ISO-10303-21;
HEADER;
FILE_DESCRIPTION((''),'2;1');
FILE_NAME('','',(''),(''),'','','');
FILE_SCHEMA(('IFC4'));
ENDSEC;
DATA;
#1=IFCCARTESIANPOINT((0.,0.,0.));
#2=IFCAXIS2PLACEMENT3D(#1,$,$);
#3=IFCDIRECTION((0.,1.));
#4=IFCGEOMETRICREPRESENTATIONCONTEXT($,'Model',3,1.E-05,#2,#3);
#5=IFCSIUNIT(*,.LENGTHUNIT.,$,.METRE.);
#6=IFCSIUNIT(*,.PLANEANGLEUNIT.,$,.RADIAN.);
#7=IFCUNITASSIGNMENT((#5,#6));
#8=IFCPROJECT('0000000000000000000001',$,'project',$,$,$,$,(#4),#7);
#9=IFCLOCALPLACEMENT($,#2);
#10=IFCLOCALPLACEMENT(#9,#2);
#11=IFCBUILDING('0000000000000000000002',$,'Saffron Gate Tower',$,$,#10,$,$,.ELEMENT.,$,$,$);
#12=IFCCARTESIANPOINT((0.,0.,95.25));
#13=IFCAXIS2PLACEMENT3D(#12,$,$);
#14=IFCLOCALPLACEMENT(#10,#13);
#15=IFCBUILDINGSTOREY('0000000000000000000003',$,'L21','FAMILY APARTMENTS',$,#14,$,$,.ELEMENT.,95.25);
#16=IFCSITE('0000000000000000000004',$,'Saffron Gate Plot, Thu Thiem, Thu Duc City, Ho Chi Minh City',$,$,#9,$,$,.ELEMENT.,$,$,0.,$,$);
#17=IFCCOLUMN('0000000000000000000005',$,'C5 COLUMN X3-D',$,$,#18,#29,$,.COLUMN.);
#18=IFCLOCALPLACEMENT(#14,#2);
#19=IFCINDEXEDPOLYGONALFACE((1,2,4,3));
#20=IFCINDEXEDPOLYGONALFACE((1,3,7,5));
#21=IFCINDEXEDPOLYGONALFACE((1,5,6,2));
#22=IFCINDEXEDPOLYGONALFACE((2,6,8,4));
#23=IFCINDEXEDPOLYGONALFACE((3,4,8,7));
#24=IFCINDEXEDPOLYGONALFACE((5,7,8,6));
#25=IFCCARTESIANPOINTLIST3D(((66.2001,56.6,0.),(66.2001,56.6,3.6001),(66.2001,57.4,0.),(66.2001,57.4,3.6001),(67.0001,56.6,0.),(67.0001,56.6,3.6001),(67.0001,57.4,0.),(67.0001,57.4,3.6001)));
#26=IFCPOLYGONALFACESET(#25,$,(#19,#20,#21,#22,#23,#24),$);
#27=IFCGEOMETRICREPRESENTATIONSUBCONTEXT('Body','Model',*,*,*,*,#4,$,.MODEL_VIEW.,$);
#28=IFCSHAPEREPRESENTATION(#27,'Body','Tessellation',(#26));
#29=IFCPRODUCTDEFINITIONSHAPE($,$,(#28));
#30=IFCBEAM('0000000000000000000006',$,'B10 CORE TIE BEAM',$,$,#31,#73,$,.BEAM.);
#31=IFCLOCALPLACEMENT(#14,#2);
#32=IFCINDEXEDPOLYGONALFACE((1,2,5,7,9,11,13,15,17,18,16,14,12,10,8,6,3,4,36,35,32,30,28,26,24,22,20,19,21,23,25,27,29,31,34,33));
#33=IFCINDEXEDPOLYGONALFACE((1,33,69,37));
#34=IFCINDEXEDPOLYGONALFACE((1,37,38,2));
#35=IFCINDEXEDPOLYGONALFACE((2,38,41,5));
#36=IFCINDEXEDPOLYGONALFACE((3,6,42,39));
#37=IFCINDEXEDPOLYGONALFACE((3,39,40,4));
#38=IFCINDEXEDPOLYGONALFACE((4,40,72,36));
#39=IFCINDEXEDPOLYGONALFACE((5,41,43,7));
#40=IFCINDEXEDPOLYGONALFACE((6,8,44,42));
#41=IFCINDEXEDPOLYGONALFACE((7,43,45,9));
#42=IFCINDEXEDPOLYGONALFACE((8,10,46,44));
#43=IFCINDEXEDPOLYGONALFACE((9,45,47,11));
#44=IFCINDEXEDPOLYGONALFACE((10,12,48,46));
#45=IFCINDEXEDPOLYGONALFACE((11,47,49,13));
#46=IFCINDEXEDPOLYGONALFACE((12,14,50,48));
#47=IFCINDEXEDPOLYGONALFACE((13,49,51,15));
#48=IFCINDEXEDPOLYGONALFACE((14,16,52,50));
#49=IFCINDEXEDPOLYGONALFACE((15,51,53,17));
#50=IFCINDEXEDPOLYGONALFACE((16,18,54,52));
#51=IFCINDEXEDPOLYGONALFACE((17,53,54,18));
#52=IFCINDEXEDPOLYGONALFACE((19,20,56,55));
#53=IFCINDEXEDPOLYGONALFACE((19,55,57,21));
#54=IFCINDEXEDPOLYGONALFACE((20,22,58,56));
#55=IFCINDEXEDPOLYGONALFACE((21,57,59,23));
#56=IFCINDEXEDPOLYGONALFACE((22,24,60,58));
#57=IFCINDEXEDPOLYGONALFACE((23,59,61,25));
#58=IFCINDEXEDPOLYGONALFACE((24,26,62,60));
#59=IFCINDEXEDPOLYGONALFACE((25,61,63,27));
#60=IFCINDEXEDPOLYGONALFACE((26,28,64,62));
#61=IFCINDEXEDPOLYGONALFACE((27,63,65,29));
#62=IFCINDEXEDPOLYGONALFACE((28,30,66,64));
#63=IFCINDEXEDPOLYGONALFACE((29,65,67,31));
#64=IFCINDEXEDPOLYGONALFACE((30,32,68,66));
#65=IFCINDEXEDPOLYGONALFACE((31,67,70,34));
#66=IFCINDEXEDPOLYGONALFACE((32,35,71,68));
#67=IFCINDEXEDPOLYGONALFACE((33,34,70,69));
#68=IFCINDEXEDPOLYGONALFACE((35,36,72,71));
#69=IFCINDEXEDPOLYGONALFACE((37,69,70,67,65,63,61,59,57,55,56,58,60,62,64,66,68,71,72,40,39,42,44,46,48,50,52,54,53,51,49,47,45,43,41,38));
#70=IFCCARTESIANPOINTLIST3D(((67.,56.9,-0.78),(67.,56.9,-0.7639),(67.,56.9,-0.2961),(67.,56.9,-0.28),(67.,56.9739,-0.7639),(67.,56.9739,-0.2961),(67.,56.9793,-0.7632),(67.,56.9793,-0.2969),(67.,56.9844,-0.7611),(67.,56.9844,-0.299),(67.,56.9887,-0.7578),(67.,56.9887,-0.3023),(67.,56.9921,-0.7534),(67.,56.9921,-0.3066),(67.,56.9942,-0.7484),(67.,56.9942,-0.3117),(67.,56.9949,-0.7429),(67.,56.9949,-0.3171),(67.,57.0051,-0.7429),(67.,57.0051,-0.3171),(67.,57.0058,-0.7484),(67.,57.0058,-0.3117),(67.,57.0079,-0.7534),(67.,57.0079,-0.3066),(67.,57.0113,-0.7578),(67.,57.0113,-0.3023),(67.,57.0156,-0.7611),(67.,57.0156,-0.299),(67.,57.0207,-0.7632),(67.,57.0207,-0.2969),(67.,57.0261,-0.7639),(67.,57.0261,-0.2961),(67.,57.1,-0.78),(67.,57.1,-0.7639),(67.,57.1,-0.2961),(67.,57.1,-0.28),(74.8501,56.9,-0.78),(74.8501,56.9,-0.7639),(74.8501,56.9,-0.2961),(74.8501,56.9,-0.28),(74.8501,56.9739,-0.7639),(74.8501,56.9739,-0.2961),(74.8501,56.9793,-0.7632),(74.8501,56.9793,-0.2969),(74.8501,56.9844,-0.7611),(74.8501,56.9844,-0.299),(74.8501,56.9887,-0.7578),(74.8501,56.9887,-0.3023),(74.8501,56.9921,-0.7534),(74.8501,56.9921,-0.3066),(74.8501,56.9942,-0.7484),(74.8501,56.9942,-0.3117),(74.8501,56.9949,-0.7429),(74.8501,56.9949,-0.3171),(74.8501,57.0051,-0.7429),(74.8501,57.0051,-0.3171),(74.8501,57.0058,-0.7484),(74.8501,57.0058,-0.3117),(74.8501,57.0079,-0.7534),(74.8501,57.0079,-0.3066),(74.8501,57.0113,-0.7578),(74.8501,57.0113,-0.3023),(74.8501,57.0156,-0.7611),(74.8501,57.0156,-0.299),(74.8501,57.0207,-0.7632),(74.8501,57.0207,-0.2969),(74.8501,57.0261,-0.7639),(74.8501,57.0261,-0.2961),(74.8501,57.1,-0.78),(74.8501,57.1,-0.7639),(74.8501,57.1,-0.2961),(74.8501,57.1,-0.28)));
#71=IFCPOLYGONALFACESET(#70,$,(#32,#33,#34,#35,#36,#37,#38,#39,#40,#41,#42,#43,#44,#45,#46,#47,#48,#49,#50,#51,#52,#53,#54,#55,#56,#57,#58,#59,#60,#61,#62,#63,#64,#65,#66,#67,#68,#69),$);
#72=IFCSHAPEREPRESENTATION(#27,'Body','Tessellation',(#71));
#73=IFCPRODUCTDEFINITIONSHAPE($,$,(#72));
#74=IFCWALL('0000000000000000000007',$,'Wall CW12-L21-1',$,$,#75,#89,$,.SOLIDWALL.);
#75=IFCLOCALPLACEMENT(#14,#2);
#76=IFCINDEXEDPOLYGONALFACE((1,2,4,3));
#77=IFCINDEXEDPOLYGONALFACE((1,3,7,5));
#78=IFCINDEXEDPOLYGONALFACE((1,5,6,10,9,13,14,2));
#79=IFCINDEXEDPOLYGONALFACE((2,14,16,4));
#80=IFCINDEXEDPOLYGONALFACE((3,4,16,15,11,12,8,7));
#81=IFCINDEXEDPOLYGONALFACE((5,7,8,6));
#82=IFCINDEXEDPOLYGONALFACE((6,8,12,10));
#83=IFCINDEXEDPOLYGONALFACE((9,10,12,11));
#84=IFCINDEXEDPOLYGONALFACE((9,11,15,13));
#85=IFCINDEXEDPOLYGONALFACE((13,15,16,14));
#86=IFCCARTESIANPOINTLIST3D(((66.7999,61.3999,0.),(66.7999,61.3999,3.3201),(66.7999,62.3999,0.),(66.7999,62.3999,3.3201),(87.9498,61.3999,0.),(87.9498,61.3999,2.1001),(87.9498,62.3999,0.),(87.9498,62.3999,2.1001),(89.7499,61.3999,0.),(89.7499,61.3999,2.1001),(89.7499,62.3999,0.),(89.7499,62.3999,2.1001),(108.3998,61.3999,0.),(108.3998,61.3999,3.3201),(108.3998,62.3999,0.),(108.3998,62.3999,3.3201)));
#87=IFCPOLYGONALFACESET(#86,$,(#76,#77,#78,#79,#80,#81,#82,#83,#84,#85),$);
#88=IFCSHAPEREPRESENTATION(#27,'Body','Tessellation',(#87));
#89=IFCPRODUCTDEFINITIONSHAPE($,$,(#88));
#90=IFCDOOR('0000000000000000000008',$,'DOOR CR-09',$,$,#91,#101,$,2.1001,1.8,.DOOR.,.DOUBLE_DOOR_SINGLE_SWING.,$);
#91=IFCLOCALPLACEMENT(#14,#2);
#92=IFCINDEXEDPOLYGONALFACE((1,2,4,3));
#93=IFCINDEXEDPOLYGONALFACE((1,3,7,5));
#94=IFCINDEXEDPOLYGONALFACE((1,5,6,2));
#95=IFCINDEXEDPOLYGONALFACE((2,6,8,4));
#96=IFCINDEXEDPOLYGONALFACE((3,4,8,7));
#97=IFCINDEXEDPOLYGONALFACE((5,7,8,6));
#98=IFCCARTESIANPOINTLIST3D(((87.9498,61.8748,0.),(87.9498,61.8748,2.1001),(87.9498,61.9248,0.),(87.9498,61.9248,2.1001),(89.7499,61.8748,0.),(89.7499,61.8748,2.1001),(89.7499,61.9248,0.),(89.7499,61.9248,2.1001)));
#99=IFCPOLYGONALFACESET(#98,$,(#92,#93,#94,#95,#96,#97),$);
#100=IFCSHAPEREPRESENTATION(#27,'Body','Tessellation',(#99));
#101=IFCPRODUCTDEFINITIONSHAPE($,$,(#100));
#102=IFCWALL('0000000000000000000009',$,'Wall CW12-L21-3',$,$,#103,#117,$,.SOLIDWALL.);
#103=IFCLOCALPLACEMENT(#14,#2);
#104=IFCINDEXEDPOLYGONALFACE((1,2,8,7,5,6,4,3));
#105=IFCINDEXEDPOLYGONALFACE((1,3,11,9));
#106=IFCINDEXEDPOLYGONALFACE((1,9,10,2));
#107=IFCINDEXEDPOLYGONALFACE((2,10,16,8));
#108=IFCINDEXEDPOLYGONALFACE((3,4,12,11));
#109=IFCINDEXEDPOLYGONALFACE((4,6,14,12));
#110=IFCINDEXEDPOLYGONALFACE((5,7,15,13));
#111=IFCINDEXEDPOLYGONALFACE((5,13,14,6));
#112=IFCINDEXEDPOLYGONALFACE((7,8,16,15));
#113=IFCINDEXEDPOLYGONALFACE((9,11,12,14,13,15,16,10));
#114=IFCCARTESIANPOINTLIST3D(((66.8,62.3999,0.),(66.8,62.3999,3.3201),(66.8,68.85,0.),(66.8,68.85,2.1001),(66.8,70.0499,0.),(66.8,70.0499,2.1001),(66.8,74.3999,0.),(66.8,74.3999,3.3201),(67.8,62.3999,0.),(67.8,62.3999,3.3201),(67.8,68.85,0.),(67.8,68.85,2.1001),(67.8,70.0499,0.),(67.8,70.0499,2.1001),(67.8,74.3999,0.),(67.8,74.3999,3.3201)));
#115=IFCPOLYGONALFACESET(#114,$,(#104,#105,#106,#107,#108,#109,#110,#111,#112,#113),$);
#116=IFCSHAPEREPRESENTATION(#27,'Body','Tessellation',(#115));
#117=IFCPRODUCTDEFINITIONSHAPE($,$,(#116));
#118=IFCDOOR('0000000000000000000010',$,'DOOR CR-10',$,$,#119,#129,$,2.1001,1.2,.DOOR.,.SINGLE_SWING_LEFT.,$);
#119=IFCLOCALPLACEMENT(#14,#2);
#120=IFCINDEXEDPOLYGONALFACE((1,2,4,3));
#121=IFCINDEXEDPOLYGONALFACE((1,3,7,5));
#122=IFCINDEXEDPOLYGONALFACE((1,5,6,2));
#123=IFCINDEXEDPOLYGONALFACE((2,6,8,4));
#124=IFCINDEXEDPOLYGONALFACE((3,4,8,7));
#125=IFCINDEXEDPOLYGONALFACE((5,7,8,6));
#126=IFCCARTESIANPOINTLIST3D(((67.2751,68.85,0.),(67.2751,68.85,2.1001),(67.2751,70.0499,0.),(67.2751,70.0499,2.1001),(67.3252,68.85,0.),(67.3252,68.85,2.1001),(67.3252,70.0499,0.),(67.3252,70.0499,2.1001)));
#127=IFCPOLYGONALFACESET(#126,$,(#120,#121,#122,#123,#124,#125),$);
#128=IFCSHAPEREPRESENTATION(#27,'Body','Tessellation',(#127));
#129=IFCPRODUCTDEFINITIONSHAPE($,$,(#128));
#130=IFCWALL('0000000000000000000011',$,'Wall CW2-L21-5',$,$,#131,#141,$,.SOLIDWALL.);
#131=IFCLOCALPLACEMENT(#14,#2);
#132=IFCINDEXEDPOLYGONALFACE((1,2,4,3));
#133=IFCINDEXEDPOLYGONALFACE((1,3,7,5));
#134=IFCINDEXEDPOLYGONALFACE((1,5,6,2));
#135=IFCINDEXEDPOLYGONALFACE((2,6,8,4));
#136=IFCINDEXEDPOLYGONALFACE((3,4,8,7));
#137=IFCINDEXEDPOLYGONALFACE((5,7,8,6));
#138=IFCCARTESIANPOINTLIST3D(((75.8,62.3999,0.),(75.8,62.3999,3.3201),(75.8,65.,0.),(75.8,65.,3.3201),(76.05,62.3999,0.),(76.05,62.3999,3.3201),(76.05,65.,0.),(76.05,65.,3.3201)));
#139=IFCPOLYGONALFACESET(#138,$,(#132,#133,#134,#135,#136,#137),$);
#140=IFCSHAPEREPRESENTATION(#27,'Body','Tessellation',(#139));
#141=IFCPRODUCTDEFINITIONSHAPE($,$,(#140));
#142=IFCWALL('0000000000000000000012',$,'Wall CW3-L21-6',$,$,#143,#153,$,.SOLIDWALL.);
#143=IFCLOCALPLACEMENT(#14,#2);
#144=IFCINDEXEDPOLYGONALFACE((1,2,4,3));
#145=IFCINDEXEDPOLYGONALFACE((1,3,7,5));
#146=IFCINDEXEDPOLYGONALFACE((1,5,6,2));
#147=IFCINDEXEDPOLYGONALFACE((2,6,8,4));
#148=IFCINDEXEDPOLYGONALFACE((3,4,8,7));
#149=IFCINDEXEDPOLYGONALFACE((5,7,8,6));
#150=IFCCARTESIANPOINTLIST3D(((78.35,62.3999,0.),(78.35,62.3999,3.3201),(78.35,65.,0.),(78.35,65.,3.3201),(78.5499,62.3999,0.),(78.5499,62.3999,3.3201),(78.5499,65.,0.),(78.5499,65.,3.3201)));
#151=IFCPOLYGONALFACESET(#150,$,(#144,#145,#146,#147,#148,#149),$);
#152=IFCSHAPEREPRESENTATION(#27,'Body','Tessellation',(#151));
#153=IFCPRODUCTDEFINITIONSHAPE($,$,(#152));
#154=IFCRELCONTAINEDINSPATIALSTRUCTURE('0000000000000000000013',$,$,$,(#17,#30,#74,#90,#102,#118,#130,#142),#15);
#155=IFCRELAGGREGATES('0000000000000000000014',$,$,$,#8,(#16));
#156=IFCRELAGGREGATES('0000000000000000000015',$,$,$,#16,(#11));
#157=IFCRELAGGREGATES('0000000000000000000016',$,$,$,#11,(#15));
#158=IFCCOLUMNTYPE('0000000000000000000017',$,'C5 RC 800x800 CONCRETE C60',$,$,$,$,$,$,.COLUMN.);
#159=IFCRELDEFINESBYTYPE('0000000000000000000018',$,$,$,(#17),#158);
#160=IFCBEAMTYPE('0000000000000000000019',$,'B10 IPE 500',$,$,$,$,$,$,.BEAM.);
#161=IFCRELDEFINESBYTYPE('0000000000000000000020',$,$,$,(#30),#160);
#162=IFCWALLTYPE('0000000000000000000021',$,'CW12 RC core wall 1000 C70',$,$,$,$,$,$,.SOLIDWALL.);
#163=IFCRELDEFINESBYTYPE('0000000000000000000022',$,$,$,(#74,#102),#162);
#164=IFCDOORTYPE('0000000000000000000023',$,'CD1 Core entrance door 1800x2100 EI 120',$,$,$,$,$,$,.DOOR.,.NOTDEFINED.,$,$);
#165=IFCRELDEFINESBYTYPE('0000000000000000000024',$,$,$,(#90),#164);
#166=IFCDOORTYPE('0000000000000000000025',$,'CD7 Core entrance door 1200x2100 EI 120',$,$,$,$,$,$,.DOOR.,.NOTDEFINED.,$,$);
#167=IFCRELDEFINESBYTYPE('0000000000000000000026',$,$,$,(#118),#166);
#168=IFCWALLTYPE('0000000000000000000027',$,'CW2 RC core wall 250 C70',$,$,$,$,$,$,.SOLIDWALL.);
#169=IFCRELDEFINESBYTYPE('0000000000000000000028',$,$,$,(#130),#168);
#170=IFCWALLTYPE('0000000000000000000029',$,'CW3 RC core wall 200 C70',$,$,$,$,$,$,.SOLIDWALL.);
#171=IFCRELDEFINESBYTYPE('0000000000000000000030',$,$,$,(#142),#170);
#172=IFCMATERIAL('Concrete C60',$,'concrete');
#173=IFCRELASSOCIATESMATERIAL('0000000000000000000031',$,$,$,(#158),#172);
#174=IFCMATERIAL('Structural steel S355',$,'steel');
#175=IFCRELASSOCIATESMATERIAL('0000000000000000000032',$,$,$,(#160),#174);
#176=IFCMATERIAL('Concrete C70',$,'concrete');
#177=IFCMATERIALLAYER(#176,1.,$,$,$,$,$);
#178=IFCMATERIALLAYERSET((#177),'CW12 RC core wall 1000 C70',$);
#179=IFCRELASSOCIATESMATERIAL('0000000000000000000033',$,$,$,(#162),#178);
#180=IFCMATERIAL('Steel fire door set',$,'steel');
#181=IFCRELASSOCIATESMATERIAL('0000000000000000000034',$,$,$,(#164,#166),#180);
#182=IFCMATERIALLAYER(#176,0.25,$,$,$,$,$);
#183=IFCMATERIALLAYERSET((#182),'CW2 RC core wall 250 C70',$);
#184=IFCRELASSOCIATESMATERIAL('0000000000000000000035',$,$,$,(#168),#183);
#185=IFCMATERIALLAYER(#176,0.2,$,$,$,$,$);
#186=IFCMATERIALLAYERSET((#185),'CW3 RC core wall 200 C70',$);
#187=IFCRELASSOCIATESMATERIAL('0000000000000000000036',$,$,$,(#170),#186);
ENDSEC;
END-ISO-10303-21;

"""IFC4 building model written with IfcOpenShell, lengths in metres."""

from ifc_helpers import new_model, si_unit, direction, frame, frame_2d, origin, origin_2d, place, context, subcontext, project, spatial, rectangle, i_section, extrude, material, layer, layer_set, material_profile, profile_set, type_object, element, fill, save


model = new_model("IFC4")

# Units and contexts
model_context = context("Model", 3, precision=1e-05, world=origin(), true_north=direction((0.0, 1.0)))
body_context = subcontext(model_context, "Body", "Model", "MODEL_VIEW")
ifc_project = project(units=[si_unit("LENGTHUNIT", "METRE"), si_unit("PLANEANGLEUNIT", "RADIAN")], contexts=[model_context])

# Site, building, storey
site_placement = place(None, origin())
site = spatial("IfcSite", under=ifc_project, at=site_placement, Name="Saffron Gate Plot, Thu Thiem, Thu Duc City, Ho Chi Minh City", CompositionType="ELEMENT", RefElevation=0.0)
building_placement = place(site_placement, origin())
building = spatial("IfcBuilding", under=site, at=building_placement, Name="Saffron Gate Tower", CompositionType="ELEMENT")
storey_placement = place(building_placement, frame((0.0, 0.0, 95.25)))
storey = spatial("IfcBuildingStorey", under=building, at=storey_placement, Name="L21", Description="FAMILY APARTMENTS", CompositionType="ELEMENT", Elevation=95.25)

# Column
ifc_material_1 = material(Name="Concrete C60", Category="concrete")
ifc_material_profile_1 = material_profile(ifc_material_1, rectangle(XDim=0.8, YDim=0.8, at=origin_2d()))
ifc_profile_set_1 = profile_set([ifc_material_profile_1], Name="Concrete C60")
column_type = type_object("IfcColumnType", Name="C5 RC 800x800 CONCRETE C60", PredefinedType="COLUMN", material=ifc_profile_set_1)
column_placement = place(storey_placement, frame((66.6001, 57.0, 0.0), z_axis=(0.0, 0.0, 1.0), x_axis=(1.0, 0.0, 0.0)))
element("IfcColumn", 1, at=column_placement, inside=storey, type_object=column_type, Name="C5 COLUMN X3-D", PredefinedType="COLUMN", context=body_context, shape_type="SweptSolid", body=[
    extrude(rectangle(XDim=0.8, YDim=0.8, at=origin_2d()), origin(), (0.0, 0.0, 1.0), 3.6001),
])

# Beam
ifc_material_2 = material(Name="Structural steel S355", Category="steel")
ifc_material_profile_2 = material_profile(ifc_material_2, i_section(OverallWidth=0.2, OverallDepth=0.5, WebThickness=0.0103, FlangeThickness=0.0161, FilletRadius=0.021, at=origin_2d()))
ifc_profile_set_2 = profile_set([ifc_material_profile_2], Name="Structural steel S355")
beam_type = type_object("IfcBeamType", Name="B10 IPE 500", PredefinedType="BEAM", material=ifc_profile_set_2)
beam_placement = place(storey_placement, frame((67.0, 57.0, -0.53), z_axis=(1.0, 0.0, 0.0), x_axis=(0.0, 1.0, 0.0)))
element("IfcBeam", 2, at=beam_placement, inside=storey, type_object=beam_type, Name="B10 CORE TIE BEAM", PredefinedType="BEAM", context=body_context, shape_type="SweptSolid", body=[
    extrude(i_section(OverallWidth=0.2, OverallDepth=0.5, WebThickness=0.0103, FlangeThickness=0.0161, FilletRadius=0.021, at=origin_2d()), origin(), (0.0, 0.0, 1.0), 7.8501),
])

# Walls, openings, doors
ifc_material_3 = material(Name="Concrete C70", Category="concrete")
ifc_layer_1 = layer(ifc_material_3, 1.0)
ifc_layer_set_1 = layer_set([ifc_layer_1], Name="CW12 RC core wall 1000 C70")
wall_type_1 = type_object("IfcWallType", Name="CW12 RC core wall 1000 C70", PredefinedType="SOLIDWALL", material=ifc_layer_set_1)
wall_1_placement = place(storey_placement, frame((66.8, 61.8999, 0.0), z_axis=(0.0, 0.0, 1.0), x_axis=(1.0, 0.0, 0.0)))
wall_1 = element("IfcWall", 3, at=wall_1_placement, inside=storey, type_object=wall_type_1, Name="Wall CW12-L21-1", PredefinedType="SOLIDWALL", context=body_context, shape_type="SweptSolid", body=[
    extrude(rectangle(XDim=41.5999, YDim=1.0, at=frame_2d((20.7998, 0.0))), origin(), (0.0, 0.0, 1.0), 3.3201),
])
opening_1_placement = place(wall_1_placement, frame((21.1499, 0.0, 0.0)))
opening_1 = element("IfcOpeningElement", 4, at=opening_1_placement, cuts=wall_1, PredefinedType="OPENING", context=body_context, shape_type="SweptSolid", body=[
    extrude(rectangle(XDim=1.8, YDim=2.1001, at=frame_2d((0.8999, 1.05))), frame((0.0, 0.51, 0.0), z_axis=(0.0, -1.0, 0.0), x_axis=(1.0, 0.0, 0.0)), (0.0, 0.0, 1.0), 1.02),
])
ifc_material_4 = material(Name="Steel fire door set", Category="steel")
door_type_1 = type_object("IfcDoorType", Name="CD1 Core entrance door 1800x2100 EI 120", OperationType="NOTDEFINED", PredefinedType="DOOR", material=ifc_material_4)
door_1_placement = place(opening_1_placement, origin())
door_1 = element("IfcDoor", 5, at=door_1_placement, inside=storey, type_object=door_type_1, Name="DOOR CR-09", OperationType="DOUBLE_DOOR_SINGLE_SWING", OverallHeight=2.1001, OverallWidth=1.8, PredefinedType="DOOR", context=body_context, shape_type="SweptSolid", body=[
    extrude(rectangle(XDim=1.8, YDim=2.1001, at=frame_2d((0.8999, 1.05))), frame((0.0, 0.0249, 0.0), z_axis=(0.0, -1.0, 0.0), x_axis=(1.0, 0.0, 0.0)), (0.0, 0.0, 1.0), 0.05),
])
fill(opening_1, door_1)
wall_2_placement = place(storey_placement, frame((67.3, 62.3999, 0.0), z_axis=(0.0, 0.0, 1.0), x_axis=(0.0, 1.0, 0.0)))
wall_2 = element("IfcWall", 6, at=wall_2_placement, inside=storey, type_object=wall_type_1, Name="Wall CW12-L21-3", PredefinedType="SOLIDWALL", context=body_context, shape_type="SweptSolid", body=[
    extrude(rectangle(XDim=12.0, YDim=1.0, at=frame_2d((6.0, 0.0))), origin(), (0.0, 0.0, 1.0), 3.3201),
])
opening_2_placement = place(wall_2_placement, frame((6.45, 0.0, 0.0)))
opening_2 = element("IfcOpeningElement", 7, at=opening_2_placement, cuts=wall_2, PredefinedType="OPENING", context=body_context, shape_type="SweptSolid", body=[
    extrude(rectangle(XDim=1.2, YDim=2.1001, at=frame_2d((0.6001, 1.05))), frame((0.0, 0.51, 0.0), z_axis=(0.0, -1.0, 0.0), x_axis=(1.0, 0.0, 0.0)), (0.0, 0.0, 1.0), 1.02),
])
door_type_2 = type_object("IfcDoorType", Name="CD7 Core entrance door 1200x2100 EI 120", OperationType="NOTDEFINED", PredefinedType="DOOR", material=ifc_material_4)
door_2_placement = place(opening_2_placement, origin())
door_2 = element("IfcDoor", 8, at=door_2_placement, inside=storey, type_object=door_type_2, Name="DOOR CR-10", OperationType="SINGLE_SWING_LEFT", OverallHeight=2.1001, OverallWidth=1.2, PredefinedType="DOOR", context=body_context, shape_type="SweptSolid", body=[
    extrude(rectangle(XDim=1.2, YDim=2.1001, at=frame_2d((0.6001, 1.05))), frame((0.0, 0.0249, 0.0), z_axis=(0.0, -1.0, 0.0), x_axis=(1.0, 0.0, 0.0)), (0.0, 0.0, 1.0), 0.05),
])
fill(opening_2, door_2)

# Walls
ifc_layer_2 = layer(ifc_material_3, 0.25)
ifc_layer_set_2 = layer_set([ifc_layer_2], Name="CW2 RC core wall 250 C70")
wall_type_2 = type_object("IfcWallType", Name="CW2 RC core wall 250 C70", PredefinedType="SOLIDWALL", material=ifc_layer_set_2)
wall_3_placement = place(storey_placement, frame((75.925, 62.3999, 0.0), z_axis=(0.0, 0.0, 1.0), x_axis=(0.0, 1.0, 0.0)))
element("IfcWall", 9, at=wall_3_placement, inside=storey, type_object=wall_type_2, Name="Wall CW2-L21-5", PredefinedType="SOLIDWALL", context=body_context, shape_type="SweptSolid", body=[
    extrude(rectangle(XDim=2.6001, YDim=0.25, at=frame_2d((1.3, 0.0))), origin(), (0.0, 0.0, 1.0), 3.3201),
])
ifc_layer_3 = layer(ifc_material_3, 0.2)
ifc_layer_set_3 = layer_set([ifc_layer_3], Name="CW3 RC core wall 200 C70")
wall_type_3 = type_object("IfcWallType", Name="CW3 RC core wall 200 C70", PredefinedType="SOLIDWALL", material=ifc_layer_set_3)
wall_4_placement = place(storey_placement, frame((78.45, 62.3999, 0.0), z_axis=(0.0, 0.0, 1.0), x_axis=(0.0, 1.0, 0.0)))
element("IfcWall", 10, at=wall_4_placement, inside=storey, type_object=wall_type_3, Name="Wall CW3-L21-6", PredefinedType="SOLIDWALL", context=body_context, shape_type="SweptSolid", body=[
    extrude(rectangle(XDim=2.6001, YDim=0.2, at=frame_2d((1.3, 0.0))), origin(), (0.0, 0.0, 1.0), 3.3201),
])

save(model, "model.ifc")
